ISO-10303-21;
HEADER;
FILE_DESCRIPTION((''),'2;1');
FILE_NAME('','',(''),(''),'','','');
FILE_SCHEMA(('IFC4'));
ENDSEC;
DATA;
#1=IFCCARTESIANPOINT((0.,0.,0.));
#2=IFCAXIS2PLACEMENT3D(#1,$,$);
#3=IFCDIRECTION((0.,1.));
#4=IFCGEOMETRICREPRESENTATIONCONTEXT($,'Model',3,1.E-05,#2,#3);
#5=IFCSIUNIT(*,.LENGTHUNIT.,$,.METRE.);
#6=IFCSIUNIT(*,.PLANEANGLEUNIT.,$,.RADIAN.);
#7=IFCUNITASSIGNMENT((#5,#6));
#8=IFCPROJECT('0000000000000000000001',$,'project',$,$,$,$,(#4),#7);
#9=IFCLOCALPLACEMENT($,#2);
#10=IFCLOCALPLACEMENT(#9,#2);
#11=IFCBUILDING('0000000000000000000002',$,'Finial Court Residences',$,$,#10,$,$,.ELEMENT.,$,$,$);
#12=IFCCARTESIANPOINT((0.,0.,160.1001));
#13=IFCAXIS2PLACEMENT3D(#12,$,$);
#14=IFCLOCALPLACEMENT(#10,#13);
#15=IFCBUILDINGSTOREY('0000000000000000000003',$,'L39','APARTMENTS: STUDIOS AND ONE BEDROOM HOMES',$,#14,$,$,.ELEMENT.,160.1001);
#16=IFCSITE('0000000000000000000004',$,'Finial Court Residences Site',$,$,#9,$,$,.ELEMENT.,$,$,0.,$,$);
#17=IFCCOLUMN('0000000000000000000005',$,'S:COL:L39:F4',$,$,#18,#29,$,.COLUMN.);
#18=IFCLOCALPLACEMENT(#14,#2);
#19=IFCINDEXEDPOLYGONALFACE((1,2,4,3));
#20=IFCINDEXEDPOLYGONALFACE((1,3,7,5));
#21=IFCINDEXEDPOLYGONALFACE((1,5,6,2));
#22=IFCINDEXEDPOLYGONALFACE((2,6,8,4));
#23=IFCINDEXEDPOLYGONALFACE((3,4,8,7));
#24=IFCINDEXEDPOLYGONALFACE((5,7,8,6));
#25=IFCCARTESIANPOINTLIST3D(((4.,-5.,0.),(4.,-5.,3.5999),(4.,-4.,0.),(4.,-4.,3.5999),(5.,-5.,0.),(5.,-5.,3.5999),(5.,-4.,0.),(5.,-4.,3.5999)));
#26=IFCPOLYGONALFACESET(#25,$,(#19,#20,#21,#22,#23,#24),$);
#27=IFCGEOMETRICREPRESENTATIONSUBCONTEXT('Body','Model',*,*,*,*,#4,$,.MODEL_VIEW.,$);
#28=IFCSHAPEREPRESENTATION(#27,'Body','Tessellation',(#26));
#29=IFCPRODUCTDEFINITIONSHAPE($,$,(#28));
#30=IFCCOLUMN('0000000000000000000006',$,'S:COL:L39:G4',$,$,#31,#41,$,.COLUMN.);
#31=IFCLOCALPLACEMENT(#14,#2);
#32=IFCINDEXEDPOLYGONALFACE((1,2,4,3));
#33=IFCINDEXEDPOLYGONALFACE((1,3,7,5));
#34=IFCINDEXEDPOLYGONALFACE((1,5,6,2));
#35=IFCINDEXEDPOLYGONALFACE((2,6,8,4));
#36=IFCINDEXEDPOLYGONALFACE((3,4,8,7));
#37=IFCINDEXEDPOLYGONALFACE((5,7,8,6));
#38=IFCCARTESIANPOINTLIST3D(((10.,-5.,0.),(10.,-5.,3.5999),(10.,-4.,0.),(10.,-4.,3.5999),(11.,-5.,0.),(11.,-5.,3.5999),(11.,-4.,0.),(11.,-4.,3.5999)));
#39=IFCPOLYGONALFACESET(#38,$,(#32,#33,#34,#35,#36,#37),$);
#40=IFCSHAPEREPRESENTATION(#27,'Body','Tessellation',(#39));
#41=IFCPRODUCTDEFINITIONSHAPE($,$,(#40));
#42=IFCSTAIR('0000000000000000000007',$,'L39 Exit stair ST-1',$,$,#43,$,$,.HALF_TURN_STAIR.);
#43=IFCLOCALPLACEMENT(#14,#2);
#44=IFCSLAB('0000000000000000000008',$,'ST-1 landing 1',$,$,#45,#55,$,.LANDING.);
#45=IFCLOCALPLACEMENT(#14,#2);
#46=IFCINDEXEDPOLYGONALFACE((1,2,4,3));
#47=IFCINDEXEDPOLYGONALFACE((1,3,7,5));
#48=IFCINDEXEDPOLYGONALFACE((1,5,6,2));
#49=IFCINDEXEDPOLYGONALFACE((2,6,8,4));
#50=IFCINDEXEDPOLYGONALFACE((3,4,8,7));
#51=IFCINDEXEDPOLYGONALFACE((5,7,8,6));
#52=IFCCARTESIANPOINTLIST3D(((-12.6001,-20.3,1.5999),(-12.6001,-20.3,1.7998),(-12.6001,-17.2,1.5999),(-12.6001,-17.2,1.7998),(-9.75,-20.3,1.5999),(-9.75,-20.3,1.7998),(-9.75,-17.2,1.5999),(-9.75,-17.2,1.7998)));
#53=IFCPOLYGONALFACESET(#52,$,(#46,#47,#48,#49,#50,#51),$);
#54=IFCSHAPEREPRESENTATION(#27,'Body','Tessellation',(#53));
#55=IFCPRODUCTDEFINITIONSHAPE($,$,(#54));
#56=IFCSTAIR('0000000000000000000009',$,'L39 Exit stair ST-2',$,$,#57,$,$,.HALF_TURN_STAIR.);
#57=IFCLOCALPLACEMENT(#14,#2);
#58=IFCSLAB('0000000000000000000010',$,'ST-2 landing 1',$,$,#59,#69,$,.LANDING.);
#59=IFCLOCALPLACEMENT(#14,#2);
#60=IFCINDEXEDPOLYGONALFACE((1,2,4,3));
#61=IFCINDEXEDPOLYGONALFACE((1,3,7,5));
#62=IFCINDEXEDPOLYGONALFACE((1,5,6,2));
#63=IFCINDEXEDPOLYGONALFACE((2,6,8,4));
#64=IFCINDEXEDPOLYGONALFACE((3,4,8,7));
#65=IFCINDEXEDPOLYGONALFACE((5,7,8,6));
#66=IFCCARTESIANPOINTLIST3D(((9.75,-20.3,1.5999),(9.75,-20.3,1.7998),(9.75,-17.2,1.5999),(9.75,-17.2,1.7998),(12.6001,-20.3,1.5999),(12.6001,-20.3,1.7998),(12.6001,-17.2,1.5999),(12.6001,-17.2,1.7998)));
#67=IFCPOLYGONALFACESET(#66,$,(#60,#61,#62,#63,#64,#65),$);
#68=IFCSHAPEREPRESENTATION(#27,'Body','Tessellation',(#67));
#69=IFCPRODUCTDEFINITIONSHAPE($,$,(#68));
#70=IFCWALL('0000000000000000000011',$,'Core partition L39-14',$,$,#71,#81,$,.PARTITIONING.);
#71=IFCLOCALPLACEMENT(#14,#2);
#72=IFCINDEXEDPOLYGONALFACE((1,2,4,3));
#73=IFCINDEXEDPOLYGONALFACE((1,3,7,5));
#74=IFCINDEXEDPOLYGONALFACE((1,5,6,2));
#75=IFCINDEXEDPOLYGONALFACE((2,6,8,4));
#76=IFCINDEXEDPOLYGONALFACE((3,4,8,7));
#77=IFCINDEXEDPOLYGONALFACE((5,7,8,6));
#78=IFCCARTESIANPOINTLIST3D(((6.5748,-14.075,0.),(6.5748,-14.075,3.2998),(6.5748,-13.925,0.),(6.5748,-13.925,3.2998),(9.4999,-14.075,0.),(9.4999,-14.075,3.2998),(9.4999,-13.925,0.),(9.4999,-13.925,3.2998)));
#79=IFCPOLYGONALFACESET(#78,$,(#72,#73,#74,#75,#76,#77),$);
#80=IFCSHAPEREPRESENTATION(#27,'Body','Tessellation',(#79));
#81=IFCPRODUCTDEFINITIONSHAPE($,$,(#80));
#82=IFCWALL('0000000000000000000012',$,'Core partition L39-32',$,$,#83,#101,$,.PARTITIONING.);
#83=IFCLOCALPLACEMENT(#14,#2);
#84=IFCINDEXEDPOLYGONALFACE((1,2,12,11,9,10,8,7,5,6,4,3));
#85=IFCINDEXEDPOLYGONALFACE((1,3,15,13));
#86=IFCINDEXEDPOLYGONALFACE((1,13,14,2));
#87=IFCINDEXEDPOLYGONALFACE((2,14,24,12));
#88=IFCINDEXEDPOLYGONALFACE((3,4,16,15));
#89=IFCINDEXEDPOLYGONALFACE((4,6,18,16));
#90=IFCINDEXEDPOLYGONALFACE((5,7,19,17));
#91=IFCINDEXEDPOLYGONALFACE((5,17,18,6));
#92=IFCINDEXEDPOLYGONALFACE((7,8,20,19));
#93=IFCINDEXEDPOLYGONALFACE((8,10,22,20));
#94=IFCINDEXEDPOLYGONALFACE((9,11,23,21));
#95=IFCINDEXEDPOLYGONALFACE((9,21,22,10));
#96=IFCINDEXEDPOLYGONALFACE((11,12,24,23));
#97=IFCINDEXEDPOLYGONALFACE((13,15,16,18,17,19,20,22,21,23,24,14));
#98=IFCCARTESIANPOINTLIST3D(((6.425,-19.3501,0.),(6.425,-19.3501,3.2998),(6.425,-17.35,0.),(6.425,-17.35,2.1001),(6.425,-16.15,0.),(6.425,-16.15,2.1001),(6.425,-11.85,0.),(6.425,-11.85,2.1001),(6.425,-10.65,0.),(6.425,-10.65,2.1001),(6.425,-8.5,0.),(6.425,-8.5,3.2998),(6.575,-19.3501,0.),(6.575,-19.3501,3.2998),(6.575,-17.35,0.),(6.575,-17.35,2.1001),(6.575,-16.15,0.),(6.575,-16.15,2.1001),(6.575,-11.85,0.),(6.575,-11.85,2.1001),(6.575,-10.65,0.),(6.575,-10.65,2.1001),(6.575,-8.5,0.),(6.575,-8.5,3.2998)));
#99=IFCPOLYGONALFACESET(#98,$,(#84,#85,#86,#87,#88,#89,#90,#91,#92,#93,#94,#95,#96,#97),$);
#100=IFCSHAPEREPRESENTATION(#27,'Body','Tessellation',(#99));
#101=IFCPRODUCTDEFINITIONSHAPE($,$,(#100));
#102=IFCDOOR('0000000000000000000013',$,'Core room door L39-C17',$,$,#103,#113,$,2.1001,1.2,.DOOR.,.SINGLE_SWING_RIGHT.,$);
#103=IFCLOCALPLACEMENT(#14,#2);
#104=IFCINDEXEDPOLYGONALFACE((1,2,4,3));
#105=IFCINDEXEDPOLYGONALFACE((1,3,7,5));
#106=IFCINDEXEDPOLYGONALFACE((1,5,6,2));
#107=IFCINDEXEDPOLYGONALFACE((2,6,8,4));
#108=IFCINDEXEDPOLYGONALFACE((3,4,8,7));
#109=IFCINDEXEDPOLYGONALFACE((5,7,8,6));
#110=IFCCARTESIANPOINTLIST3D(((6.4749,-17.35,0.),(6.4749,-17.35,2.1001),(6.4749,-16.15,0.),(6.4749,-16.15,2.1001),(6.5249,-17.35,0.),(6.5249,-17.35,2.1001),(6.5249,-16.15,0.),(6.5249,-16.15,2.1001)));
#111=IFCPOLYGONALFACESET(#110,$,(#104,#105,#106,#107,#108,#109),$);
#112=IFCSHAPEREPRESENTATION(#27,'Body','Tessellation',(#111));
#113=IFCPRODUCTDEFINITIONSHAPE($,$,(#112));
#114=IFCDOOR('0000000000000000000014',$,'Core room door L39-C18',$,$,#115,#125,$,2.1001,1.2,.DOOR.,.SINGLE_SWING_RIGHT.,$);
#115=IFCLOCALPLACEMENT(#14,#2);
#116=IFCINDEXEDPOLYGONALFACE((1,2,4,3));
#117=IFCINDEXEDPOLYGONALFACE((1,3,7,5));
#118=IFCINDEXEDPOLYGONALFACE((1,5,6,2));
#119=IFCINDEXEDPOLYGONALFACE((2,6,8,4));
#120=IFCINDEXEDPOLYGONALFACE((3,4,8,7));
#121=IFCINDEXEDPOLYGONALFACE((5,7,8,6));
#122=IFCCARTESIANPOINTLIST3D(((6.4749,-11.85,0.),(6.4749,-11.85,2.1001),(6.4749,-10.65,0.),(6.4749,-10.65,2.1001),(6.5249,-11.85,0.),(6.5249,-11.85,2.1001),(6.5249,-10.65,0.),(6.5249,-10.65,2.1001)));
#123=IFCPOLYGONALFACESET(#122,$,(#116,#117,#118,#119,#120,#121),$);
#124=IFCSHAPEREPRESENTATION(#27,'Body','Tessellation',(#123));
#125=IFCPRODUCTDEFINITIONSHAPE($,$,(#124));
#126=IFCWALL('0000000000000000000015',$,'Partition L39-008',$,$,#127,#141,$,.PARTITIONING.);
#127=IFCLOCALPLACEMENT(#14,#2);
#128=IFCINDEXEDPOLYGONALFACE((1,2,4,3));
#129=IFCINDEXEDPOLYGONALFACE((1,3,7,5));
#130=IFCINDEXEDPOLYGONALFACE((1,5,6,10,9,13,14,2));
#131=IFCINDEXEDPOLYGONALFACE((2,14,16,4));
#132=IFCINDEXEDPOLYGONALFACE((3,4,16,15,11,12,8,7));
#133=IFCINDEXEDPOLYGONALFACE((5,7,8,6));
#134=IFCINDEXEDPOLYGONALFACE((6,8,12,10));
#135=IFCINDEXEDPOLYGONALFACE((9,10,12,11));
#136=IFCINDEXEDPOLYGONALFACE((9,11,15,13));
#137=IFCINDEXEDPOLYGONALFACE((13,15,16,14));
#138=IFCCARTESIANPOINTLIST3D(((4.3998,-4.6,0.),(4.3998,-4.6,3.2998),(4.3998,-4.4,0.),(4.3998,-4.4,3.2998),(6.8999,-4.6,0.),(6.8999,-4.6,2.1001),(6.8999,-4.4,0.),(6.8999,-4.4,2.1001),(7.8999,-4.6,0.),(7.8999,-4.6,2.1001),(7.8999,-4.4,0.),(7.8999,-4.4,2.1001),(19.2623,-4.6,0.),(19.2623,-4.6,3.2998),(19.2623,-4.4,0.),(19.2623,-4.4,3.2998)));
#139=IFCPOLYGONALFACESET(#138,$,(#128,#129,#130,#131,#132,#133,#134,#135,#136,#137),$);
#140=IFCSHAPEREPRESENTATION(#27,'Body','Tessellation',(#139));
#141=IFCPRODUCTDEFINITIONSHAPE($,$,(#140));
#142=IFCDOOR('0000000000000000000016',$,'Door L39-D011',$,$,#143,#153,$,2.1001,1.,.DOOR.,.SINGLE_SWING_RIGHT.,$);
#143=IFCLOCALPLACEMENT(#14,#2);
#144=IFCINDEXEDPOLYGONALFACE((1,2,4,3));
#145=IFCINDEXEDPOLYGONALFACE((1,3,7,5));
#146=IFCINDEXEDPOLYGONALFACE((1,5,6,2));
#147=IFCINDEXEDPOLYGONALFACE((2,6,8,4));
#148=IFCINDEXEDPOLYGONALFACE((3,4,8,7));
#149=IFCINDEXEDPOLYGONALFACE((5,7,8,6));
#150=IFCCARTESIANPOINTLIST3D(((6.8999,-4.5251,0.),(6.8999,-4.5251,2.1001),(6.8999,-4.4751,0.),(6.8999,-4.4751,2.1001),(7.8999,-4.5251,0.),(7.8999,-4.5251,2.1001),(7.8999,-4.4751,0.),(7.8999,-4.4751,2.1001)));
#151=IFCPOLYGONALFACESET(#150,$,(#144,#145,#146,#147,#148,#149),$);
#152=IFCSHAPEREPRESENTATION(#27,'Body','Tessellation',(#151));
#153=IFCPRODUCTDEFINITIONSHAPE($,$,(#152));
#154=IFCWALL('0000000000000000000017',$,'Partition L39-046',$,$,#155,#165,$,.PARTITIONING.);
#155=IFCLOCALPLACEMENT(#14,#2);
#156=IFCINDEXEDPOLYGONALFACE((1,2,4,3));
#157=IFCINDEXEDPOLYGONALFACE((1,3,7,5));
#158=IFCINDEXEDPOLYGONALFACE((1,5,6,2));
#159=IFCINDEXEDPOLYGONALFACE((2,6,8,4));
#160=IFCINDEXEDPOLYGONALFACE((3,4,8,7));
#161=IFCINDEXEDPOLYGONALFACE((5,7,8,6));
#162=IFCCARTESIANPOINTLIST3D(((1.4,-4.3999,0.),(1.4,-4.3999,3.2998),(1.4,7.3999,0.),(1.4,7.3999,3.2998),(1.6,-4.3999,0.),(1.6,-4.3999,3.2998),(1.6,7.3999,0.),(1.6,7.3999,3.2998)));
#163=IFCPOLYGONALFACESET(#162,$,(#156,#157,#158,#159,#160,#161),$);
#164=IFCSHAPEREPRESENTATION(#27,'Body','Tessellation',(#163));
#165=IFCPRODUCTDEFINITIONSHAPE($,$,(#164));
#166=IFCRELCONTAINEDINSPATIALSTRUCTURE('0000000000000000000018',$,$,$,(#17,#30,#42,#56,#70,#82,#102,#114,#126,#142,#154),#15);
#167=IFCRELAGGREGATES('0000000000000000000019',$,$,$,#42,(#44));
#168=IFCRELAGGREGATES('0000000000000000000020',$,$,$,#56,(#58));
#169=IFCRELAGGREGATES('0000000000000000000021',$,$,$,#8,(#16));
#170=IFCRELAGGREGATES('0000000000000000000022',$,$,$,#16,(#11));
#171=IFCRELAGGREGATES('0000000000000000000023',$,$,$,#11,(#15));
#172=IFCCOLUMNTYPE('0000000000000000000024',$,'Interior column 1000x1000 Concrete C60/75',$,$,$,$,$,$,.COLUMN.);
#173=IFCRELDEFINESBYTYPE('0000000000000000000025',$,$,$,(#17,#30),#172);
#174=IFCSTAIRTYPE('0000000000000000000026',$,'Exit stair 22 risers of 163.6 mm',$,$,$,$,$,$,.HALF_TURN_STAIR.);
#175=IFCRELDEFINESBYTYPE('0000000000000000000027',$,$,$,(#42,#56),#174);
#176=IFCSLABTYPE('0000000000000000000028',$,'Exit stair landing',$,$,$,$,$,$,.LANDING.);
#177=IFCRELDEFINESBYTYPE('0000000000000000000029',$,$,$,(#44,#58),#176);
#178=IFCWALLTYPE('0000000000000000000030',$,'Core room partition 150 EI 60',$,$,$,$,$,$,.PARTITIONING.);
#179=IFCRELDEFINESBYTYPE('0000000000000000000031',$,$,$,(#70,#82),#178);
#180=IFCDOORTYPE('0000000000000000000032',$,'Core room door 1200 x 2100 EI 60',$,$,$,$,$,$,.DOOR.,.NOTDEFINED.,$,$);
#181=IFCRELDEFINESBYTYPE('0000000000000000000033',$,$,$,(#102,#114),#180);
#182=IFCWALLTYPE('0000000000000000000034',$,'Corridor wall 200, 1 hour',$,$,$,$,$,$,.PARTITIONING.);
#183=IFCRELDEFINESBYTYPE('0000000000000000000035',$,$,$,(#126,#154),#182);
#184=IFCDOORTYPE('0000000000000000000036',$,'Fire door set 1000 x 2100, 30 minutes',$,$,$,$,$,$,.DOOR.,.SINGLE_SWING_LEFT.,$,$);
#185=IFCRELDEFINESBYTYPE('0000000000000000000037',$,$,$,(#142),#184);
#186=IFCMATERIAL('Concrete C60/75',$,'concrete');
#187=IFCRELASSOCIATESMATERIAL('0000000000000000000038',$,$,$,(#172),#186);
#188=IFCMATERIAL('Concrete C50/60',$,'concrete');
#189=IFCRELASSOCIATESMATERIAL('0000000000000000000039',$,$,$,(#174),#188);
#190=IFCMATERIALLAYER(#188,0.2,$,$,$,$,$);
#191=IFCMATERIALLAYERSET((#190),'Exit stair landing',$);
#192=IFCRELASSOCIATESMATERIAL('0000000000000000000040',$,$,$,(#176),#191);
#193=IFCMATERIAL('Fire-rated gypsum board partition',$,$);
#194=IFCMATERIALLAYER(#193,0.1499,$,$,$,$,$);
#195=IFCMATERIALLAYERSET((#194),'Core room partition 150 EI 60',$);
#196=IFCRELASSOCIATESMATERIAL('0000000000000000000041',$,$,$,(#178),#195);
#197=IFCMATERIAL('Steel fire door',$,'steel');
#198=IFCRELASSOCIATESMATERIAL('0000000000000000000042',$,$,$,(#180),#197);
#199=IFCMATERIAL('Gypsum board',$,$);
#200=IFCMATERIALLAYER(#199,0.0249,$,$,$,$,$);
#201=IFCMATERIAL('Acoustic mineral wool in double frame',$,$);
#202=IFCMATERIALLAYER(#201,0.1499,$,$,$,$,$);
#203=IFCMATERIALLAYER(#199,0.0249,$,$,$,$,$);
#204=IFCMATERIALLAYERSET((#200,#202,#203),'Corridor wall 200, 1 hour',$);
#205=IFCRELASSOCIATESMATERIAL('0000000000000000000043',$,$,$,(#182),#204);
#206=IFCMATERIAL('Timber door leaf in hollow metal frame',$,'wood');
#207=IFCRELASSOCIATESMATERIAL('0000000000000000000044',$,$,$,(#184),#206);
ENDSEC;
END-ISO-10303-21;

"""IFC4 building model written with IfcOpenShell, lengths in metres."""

from ifc_helpers import new_model, si_unit, direction, frame, frame_2d, origin, origin_2d, place, context, subcontext, project, spatial, polyline, rectangle, outline, extrude, material, layer, layer_set, material_profile, profile_set, type_object, element, fill, aggregate, save


model = new_model("IFC4")

# Units and contexts
model_context = context("Model", 3, precision=1e-05, world=origin(), true_north=direction((0.0, 1.0)))
body_context = subcontext(model_context, "Body", "Model", "MODEL_VIEW")
ifc_project = project(units=[si_unit("LENGTHUNIT", "METRE"), si_unit("PLANEANGLEUNIT", "RADIAN")], contexts=[model_context])

# Site, building, storey
site_placement = place(None, origin())
site = spatial("IfcSite", under=ifc_project, at=site_placement, Name="Finial Court Residences Site", CompositionType="ELEMENT", RefElevation=0.0)
building_placement = place(site_placement, origin())
building = spatial("IfcBuilding", under=site, at=building_placement, Name="Finial Court Residences", CompositionType="ELEMENT")
storey_placement = place(building_placement, frame((0.0, 0.0, 160.1001)))
storey = spatial("IfcBuildingStorey", under=building, at=storey_placement, Name="L39", Description="APARTMENTS: STUDIOS AND ONE BEDROOM HOMES", CompositionType="ELEMENT", Elevation=160.1001)

# Columns
ifc_material_1 = material(Name="Concrete C60/75", Category="concrete")
ifc_material_profile = material_profile(ifc_material_1, rectangle(XDim=1.0, YDim=1.0, at=origin_2d()), Name="1000x1000")
ifc_profile_set = profile_set([ifc_material_profile], Name="Concrete C60/75")
column_type = type_object("IfcColumnType", Name="Interior column 1000x1000 Concrete C60/75", PredefinedType="COLUMN", material=ifc_profile_set)
for number, where, z_axis, x_axis, name in (
    (1, (4.5, -4.5, 0.0), (0.0, 0.0, 1.0), (1.0, 0.0, 0.0), "S:COL:L39:F4"),
    (2, (10.5, -4.5, 0.0), (0.0, 0.0, 1.0), (1.0, 0.0, 0.0), "S:COL:L39:G4"),
):
    element("IfcColumn", number, at=place(storey_placement, frame(where, z_axis=z_axis, x_axis=x_axis)), inside=storey, type_object=column_type, Name=name, PredefinedType="COLUMN", context=body_context, shape_type="SweptSolid", body=[
        extrude(rectangle(XDim=1.0, YDim=1.0, at=origin_2d()), origin(), (0.0, 0.0, 1.0), 3.5999),
    ])

# Stairs, slabs
ifc_material_2 = material(Name="Concrete C50/60", Category="concrete")
stair_type = type_object("IfcStairType", Name="Exit stair 22 risers of 163.6 mm", PredefinedType="HALF_TURN_STAIR", material=ifc_material_2)
stair_1_placement = place(storey_placement, origin())
stair_1 = element("IfcStair", 3, at=stair_1_placement, inside=storey, type_object=stair_type, Name="L39 Exit stair ST-1", PredefinedType="HALF_TURN_STAIR")
ifc_layer_1 = layer(ifc_material_2, 0.2)
ifc_layer_set_1 = layer_set([ifc_layer_1], Name="Exit stair landing")
slab_type = type_object("IfcSlabType", Name="Exit stair landing", PredefinedType="LANDING", material=ifc_layer_set_1)
slab_1_placement = place(storey_placement, frame((0.0, 0.0, 1.5999)))
slab_1 = element("IfcSlab", 4, at=slab_1_placement, type_object=slab_type, Name="ST-1 landing 1", PredefinedType="LANDING", context=body_context, shape_type="SweptSolid", body=[
    extrude(outline(polyline([(-9.75, -20.3), (-9.75, -17.2), (-12.6001, -17.2), (-12.6001, -20.3), (-9.75, -20.3)])), origin(), (0.0, 0.0, 1.0), 0.2),
])
aggregate(stair_1, [slab_1])
stair_2_placement = place(storey_placement, origin())
stair_2 = element("IfcStair", 5, at=stair_2_placement, inside=storey, type_object=stair_type, Name="L39 Exit stair ST-2", PredefinedType="HALF_TURN_STAIR")
slab_2_placement = place(storey_placement, frame((0.0, 0.0, 1.5999)))
slab_2 = element("IfcSlab", 6, at=slab_2_placement, type_object=slab_type, Name="ST-2 landing 1", PredefinedType="LANDING", context=body_context, shape_type="SweptSolid", body=[
    extrude(outline(polyline([(12.6001, -20.3), (12.6001, -17.2), (9.75, -17.2), (9.75, -20.3), (12.6001, -20.3)])), origin(), (0.0, 0.0, 1.0), 0.2),
])
aggregate(stair_2, [slab_2])

# Wall
ifc_material_3 = material(Name="Fire-rated gypsum board partition")
ifc_layer_2 = layer(ifc_material_3, 0.1499)
ifc_layer_set_2 = layer_set([ifc_layer_2], Name="Core room partition 150 EI 60")
wall_type_1 = type_object("IfcWallType", Name="Core room partition 150 EI 60", PredefinedType="PARTITIONING", material=ifc_layer_set_2)
wall_1_placement = place(storey_placement, frame((6.575, -14.0, 0.0), z_axis=(0.0, 0.0, 1.0), x_axis=(1.0, 0.0, 0.0)))
element("IfcWall", 7, at=wall_1_placement, inside=storey, type_object=wall_type_1, Name="Core partition L39-14", PredefinedType="PARTITIONING", context=body_context, shape_type="SweptSolid", body=[
    extrude(rectangle(XDim=2.925, YDim=0.1499, at=frame_2d((1.4624, 0.0))), origin(), (0.0, 0.0, 1.0), 3.2998),
])

# Wall, openings, doors
wall_2_placement = place(storey_placement, frame((6.5, -8.5, 0.0), z_axis=(0.0, 0.0, 1.0), x_axis=(0.0, -1.0, 0.0)))
wall_2 = element("IfcWall", 8, at=wall_2_placement, inside=storey, type_object=wall_type_1, Name="Core partition L39-32", PredefinedType="PARTITIONING", context=body_context, shape_type="SweptSolid", body=[
    extrude(rectangle(XDim=10.8501, YDim=0.1499, at=frame_2d((5.425, 0.0))), origin(), (0.0, 0.0, 1.0), 3.2998),
])
opening_1_placement = place(wall_2_placement, frame((7.6499, 0.0, 0.0)))
opening_1 = element("IfcOpeningElement", 9, at=opening_1_placement, cuts=wall_2, PredefinedType="OPENING", context=body_context, shape_type="SweptSolid", body=[
    extrude(rectangle(XDim=1.2, YDim=2.1001, at=frame_2d((0.6001, 1.05))), frame((0.0, 0.085, 0.0), z_axis=(0.0, -1.0, 0.0), x_axis=(1.0, 0.0, 0.0)), (0.0, 0.0, 1.0), 0.1699),
])
opening_2_placement = place(wall_2_placement, frame((2.1499, 0.0, 0.0)))
opening_2 = element("IfcOpeningElement", 10, at=opening_2_placement, cuts=wall_2, PredefinedType="OPENING", context=body_context, shape_type="SweptSolid", body=[
    extrude(rectangle(XDim=1.2, YDim=2.1001, at=frame_2d((0.6001, 1.05))), frame((0.0, 0.085, 0.0), z_axis=(0.0, -1.0, 0.0), x_axis=(1.0, 0.0, 0.0)), (0.0, 0.0, 1.0), 0.1699),
])
ifc_material_4 = material(Name="Steel fire door", Category="steel")
door_type_1 = type_object("IfcDoorType", Name="Core room door 1200 x 2100 EI 60", OperationType="NOTDEFINED", PredefinedType="DOOR", material=ifc_material_4)
door_1_placement = place(opening_1_placement, origin())
door_1 = element("IfcDoor", 11, at=door_1_placement, inside=storey, type_object=door_type_1, Name="Core room door L39-C17", OperationType="SINGLE_SWING_RIGHT", OverallHeight=2.1001, OverallWidth=1.2, PredefinedType="DOOR", context=body_context, shape_type="SweptSolid", body=[
    extrude(rectangle(XDim=1.2, YDim=2.1001, at=frame_2d((0.6001, 1.05))), frame((0.0, 0.0249, 0.0), z_axis=(0.0, -1.0, 0.0), x_axis=(1.0, 0.0, 0.0)), (0.0, 0.0, 1.0), 0.05),
])
fill(opening_1, door_1)
door_2_placement = place(opening_2_placement, origin())
door_2 = element("IfcDoor", 12, at=door_2_placement, inside=storey, type_object=door_type_1, Name="Core room door L39-C18", OperationType="SINGLE_SWING_RIGHT", OverallHeight=2.1001, OverallWidth=1.2, PredefinedType="DOOR", context=body_context, shape_type="SweptSolid", body=[
    extrude(rectangle(XDim=1.2, YDim=2.1001, at=frame_2d((0.6001, 1.05))), frame((0.0, 0.0249, 0.0), z_axis=(0.0, -1.0, 0.0), x_axis=(1.0, 0.0, 0.0)), (0.0, 0.0, 1.0), 0.05),
])
fill(opening_2, door_2)

# Wall, opening, door
ifc_material_5 = material(Name="Gypsum board")
ifc_layer_3 = layer(ifc_material_5, 0.0249)
ifc_material_6 = material(Name="Acoustic mineral wool in double frame")
ifc_layer_4 = layer(ifc_material_6, 0.1499)
ifc_layer_5 = layer(ifc_material_5, 0.0249)
ifc_layer_set_3 = layer_set([ifc_layer_3, ifc_layer_4, ifc_layer_5], Name="Corridor wall 200, 1 hour")
wall_type_2 = type_object("IfcWallType", Name="Corridor wall 200, 1 hour", PredefinedType="PARTITIONING", material=ifc_layer_set_3)
wall_3_placement = place(storey_placement, frame((4.3999, -4.5, 0.0), z_axis=(0.0, 0.0, 1.0), x_axis=(1.0, 0.0, 0.0)))
wall_3 = element("IfcWall", 13, at=wall_3_placement, inside=storey, type_object=wall_type_2, Name="Partition L39-008", PredefinedType="PARTITIONING", context=body_context, shape_type="SweptSolid", body=[
    extrude(rectangle(XDim=14.8625, YDim=0.2, at=frame_2d((7.4312, 0.0))), origin(), (0.0, 0.0, 1.0), 3.2998),
])
opening_3_placement = place(wall_3_placement, frame((2.5, 0.0, 0.0)))
opening_3 = element("IfcOpeningElement", 14, at=opening_3_placement, cuts=wall_3, PredefinedType="OPENING", context=body_context, shape_type="SweptSolid", body=[
    extrude(rectangle(XDim=1.0, YDim=2.1001, at=frame_2d((0.5, 1.05))), frame((0.0, 0.1099, 0.0), z_axis=(0.0, -1.0, 0.0), x_axis=(1.0, 0.0, 0.0)), (0.0, 0.0, 1.0), 0.22),
])
ifc_material_7 = material(Name="Timber door leaf in hollow metal frame", Category="wood")
door_type_2 = type_object("IfcDoorType", Name="Fire door set 1000 x 2100, 30 minutes", OperationType="SINGLE_SWING_LEFT", PredefinedType="DOOR", material=ifc_material_7)
door_3_placement = place(opening_3_placement, origin())
door_3 = element("IfcDoor", 15, at=door_3_placement, inside=storey, type_object=door_type_2, Name="Door L39-D011", OperationType="SINGLE_SWING_RIGHT", OverallHeight=2.1001, OverallWidth=1.0, PredefinedType="DOOR", context=body_context, shape_type="SweptSolid", body=[
    extrude(rectangle(XDim=1.0, YDim=2.1001, at=frame_2d((0.5, 1.05))), frame((0.0, 0.0249, 0.0), z_axis=(0.0, -1.0, 0.0), x_axis=(1.0, 0.0, 0.0)), (0.0, 0.0, 1.0), 0.05),
])
fill(opening_3, door_3)

# Wall
wall_4_placement = place(storey_placement, frame((1.5, -4.3999, 0.0), z_axis=(0.0, 0.0, 1.0), x_axis=(0.0, 1.0, 0.0)))
element("IfcWall", 16, at=wall_4_placement, inside=storey, type_object=wall_type_2, Name="Partition L39-046", PredefinedType="PARTITIONING", context=body_context, shape_type="SweptSolid", body=[
    extrude(rectangle(XDim=11.7998, YDim=0.2, at=frame_2d((5.8999, 0.0))), origin(), (0.0, 0.0, 1.0), 3.2998),
])

save(model, "model.ifc")
